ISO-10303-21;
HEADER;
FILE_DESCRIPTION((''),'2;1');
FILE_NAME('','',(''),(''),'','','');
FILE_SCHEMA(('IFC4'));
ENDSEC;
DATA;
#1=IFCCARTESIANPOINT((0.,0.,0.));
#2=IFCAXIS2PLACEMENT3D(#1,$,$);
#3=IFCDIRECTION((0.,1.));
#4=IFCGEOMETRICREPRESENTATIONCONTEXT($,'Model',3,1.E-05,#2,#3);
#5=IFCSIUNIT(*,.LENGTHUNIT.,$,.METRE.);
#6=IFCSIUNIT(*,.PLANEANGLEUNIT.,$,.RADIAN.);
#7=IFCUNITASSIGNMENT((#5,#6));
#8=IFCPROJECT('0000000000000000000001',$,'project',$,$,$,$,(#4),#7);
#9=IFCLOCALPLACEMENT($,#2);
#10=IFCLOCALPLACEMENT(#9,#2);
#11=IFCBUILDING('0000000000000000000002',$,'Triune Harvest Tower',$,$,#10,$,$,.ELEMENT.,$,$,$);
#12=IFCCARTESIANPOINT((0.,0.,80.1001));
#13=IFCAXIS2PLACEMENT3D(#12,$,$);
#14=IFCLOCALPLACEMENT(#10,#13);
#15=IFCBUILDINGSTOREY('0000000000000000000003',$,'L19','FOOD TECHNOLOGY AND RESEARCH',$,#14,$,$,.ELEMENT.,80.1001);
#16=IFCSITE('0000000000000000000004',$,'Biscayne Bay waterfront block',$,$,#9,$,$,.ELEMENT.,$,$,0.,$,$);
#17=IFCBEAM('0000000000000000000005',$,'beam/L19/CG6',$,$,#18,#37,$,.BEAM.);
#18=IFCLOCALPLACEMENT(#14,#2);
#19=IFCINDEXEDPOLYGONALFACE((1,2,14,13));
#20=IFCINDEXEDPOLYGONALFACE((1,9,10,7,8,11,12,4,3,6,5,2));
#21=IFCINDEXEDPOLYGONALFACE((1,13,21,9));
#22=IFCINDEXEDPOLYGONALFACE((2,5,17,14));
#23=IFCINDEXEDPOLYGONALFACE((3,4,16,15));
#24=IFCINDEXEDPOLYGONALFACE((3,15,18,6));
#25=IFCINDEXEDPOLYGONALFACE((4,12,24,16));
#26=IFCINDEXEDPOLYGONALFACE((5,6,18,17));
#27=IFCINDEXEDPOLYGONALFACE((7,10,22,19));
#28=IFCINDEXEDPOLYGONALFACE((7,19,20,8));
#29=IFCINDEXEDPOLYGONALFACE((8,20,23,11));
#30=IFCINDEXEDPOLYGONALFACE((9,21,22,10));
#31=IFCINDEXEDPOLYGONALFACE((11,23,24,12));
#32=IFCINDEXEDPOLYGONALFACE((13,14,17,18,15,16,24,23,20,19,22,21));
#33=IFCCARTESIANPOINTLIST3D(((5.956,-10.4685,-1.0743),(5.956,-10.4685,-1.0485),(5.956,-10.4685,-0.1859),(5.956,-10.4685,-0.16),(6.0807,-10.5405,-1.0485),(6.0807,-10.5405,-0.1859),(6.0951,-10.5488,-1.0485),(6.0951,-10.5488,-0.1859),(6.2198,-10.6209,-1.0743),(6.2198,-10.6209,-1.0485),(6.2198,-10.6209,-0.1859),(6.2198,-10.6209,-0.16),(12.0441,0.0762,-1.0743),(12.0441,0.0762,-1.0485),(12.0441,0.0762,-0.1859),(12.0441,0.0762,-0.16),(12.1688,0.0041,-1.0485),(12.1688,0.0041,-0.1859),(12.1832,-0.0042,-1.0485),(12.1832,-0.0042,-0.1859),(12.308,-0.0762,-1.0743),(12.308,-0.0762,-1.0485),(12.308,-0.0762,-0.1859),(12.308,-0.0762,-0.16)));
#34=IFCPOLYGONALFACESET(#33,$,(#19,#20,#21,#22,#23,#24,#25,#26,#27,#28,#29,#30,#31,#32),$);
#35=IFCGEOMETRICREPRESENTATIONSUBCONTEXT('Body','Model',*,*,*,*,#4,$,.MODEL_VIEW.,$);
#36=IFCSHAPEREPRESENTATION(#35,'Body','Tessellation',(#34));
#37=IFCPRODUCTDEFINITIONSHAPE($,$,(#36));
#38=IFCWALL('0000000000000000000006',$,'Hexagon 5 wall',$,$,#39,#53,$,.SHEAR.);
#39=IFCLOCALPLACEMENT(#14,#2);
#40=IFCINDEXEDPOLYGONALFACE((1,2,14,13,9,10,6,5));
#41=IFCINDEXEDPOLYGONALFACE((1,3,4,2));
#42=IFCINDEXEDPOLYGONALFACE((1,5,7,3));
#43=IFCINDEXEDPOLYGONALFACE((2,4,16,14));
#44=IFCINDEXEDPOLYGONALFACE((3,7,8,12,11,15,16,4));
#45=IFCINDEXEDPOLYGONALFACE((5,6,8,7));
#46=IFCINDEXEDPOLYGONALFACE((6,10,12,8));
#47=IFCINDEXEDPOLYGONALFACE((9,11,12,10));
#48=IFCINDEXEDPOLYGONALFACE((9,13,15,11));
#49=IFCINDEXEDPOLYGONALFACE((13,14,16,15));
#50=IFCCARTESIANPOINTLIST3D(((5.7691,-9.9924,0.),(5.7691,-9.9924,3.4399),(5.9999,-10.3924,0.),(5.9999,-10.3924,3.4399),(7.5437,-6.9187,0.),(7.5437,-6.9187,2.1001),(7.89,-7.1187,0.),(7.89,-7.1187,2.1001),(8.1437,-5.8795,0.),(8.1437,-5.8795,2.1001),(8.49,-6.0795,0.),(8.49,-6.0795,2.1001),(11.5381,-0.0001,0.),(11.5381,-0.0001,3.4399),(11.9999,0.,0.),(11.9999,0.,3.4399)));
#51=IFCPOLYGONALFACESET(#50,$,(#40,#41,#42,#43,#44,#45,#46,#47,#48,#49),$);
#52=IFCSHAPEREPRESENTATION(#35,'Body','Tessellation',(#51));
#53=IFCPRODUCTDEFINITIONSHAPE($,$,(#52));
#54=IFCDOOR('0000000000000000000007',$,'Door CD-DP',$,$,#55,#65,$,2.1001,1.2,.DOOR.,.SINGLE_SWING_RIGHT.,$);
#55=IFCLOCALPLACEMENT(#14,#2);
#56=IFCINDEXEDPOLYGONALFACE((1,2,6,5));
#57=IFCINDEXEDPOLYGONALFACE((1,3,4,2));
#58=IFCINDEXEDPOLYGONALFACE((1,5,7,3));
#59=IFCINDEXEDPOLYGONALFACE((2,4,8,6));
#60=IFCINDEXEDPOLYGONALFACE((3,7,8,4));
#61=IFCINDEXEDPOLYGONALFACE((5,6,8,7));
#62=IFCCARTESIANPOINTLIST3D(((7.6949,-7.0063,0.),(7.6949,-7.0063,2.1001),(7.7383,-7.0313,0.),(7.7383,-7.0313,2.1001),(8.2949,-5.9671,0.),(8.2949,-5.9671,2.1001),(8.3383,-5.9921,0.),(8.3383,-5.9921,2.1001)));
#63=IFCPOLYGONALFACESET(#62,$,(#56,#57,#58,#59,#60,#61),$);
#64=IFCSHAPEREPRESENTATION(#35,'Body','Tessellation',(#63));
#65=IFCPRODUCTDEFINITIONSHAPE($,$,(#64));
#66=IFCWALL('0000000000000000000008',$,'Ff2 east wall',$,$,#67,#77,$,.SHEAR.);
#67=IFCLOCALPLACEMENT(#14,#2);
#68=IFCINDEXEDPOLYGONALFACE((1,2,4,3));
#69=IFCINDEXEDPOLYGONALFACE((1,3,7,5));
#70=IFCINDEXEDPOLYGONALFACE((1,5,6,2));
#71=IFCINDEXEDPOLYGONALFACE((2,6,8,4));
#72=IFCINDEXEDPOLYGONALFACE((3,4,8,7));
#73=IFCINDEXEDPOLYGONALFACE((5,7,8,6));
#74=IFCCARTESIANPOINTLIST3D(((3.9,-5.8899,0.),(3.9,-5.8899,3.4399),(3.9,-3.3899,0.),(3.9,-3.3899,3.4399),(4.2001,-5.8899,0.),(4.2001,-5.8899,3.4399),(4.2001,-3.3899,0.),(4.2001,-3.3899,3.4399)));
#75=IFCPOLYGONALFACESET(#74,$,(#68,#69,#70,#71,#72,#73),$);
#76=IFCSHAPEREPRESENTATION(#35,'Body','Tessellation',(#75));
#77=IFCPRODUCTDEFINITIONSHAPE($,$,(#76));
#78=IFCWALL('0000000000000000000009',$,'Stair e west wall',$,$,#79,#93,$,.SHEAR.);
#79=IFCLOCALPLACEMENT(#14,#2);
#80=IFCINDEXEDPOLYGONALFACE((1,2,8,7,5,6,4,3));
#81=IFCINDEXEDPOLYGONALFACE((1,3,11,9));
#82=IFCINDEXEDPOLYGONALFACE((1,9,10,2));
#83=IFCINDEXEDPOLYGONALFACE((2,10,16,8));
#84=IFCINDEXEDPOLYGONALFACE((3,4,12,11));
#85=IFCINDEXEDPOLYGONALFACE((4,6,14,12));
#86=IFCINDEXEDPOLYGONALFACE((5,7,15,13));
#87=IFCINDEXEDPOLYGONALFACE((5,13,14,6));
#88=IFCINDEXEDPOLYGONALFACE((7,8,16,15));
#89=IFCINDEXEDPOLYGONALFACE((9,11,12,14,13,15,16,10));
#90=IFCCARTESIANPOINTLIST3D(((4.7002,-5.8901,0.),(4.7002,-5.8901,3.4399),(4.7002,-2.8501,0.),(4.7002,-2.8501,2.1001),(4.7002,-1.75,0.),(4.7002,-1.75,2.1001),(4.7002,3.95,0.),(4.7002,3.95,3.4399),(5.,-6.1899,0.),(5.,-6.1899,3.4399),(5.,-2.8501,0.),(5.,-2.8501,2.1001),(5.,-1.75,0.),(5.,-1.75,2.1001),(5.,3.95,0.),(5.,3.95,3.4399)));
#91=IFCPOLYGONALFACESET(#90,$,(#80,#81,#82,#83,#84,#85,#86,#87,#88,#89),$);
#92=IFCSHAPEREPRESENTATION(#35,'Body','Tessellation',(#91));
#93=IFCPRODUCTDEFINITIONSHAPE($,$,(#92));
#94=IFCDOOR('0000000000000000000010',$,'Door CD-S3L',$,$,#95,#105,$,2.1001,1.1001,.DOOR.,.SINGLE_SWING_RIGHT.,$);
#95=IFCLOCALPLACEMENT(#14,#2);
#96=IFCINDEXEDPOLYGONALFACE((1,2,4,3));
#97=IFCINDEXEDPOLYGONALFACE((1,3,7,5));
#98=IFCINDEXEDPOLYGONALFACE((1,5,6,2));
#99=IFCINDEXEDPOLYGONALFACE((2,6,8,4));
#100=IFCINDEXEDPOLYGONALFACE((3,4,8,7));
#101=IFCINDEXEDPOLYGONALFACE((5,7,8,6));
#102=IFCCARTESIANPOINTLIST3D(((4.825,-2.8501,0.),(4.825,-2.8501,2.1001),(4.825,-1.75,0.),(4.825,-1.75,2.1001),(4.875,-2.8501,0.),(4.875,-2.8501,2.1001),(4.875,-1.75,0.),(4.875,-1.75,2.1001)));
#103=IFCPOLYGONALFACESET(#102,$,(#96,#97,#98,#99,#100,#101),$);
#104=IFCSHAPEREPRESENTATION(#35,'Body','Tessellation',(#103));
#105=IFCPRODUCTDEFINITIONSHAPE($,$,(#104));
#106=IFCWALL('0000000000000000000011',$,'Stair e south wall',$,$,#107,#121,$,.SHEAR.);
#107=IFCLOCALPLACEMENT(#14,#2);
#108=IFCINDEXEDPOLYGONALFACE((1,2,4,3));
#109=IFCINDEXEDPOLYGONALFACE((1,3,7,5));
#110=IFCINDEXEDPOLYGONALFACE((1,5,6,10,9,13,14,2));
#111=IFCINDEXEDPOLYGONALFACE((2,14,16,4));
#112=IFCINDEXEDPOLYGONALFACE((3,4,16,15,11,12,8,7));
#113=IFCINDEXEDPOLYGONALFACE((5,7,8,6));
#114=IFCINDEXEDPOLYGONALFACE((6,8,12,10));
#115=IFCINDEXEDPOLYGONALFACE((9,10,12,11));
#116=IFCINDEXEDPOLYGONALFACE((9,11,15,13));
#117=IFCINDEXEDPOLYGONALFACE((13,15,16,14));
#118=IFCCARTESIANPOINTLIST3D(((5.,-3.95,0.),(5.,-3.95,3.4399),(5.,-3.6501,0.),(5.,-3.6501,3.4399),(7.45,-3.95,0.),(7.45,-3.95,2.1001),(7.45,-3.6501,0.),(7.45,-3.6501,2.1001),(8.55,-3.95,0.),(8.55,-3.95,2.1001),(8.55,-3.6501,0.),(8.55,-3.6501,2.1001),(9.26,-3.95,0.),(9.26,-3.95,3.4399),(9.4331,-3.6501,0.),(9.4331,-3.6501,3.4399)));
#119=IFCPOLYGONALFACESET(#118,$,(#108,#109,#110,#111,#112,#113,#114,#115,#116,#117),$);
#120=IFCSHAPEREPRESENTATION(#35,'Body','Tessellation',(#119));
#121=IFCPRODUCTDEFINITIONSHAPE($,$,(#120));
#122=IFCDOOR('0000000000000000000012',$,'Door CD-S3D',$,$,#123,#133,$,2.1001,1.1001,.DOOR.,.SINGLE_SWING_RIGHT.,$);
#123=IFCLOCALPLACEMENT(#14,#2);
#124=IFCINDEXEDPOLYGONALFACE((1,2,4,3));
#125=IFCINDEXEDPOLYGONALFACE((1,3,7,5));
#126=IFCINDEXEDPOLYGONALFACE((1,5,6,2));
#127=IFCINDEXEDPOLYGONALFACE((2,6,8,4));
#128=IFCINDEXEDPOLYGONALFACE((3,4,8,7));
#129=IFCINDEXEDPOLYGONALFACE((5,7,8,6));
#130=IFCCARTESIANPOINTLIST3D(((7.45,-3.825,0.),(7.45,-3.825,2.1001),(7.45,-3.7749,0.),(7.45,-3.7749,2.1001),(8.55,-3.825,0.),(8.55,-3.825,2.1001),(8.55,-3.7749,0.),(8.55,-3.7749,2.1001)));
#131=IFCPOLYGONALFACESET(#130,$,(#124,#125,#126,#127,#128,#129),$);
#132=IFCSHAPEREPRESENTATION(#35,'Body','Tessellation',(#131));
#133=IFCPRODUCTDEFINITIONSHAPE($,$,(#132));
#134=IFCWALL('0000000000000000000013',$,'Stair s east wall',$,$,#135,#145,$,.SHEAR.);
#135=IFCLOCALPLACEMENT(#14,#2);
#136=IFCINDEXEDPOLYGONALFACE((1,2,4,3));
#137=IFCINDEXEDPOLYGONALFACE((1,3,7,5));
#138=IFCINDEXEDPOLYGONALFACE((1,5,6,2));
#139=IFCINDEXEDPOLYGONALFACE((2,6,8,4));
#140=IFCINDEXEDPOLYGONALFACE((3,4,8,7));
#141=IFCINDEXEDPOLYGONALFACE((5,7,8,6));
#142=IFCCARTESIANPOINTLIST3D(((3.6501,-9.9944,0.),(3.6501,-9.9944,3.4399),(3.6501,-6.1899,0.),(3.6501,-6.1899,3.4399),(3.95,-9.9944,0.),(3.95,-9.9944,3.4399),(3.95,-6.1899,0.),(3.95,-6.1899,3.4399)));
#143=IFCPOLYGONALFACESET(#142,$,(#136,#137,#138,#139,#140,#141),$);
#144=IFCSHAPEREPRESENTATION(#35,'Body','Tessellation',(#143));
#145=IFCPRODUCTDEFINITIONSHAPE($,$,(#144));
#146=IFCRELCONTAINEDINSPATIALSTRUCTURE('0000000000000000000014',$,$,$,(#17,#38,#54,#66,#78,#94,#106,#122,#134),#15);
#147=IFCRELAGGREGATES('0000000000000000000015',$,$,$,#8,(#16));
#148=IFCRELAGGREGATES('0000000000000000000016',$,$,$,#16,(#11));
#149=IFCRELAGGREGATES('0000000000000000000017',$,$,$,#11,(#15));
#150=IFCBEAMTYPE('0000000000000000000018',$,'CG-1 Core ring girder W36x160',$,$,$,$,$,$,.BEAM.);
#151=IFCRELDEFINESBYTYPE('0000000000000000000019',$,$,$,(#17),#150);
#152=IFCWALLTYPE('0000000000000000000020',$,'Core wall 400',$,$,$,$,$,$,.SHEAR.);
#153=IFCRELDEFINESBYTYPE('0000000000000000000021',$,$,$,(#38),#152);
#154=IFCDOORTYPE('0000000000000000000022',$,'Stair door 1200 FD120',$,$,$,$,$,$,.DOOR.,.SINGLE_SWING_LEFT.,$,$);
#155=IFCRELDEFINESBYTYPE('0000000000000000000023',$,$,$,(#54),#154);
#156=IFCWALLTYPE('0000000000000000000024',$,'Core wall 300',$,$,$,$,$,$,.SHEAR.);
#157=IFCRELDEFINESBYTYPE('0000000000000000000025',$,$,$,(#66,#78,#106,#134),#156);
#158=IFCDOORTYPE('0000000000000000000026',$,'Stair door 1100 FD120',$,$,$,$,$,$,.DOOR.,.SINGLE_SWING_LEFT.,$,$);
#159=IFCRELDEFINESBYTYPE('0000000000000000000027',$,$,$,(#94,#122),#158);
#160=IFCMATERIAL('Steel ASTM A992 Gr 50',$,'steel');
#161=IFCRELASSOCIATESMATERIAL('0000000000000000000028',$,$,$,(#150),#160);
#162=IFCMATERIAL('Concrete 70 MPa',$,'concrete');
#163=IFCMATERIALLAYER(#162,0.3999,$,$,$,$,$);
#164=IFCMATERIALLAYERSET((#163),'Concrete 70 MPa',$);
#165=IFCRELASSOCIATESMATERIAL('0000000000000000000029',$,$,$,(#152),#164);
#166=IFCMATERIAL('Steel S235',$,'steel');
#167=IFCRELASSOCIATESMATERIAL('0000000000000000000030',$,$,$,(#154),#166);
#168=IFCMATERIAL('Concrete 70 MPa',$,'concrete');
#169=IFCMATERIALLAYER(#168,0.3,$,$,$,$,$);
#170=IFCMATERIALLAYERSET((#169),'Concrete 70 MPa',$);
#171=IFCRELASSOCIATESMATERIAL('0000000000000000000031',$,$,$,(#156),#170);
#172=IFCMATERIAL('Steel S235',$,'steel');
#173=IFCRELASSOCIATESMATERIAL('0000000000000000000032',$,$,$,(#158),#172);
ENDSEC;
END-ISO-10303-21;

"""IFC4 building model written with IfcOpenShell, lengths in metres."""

from ifc_helpers import new_model, si_unit, direction, frame, frame_2d, origin, origin_2d, place, context, subcontext, project, spatial, polyline, rectangle, i_section, outline, extrude, source, transform, mapped, material, layer, layer_set, material_profile, profile_set, type_object, element, fill, save


model = new_model("IFC4")

# Units and contexts
model_context = context("Model", 3, precision=1e-05, world=origin(), true_north=direction((0.0, 1.0)))
body_context = subcontext(model_context, "Body", "Model", "MODEL_VIEW")
ifc_project = project(units=[si_unit("LENGTHUNIT", "METRE"), si_unit("PLANEANGLEUNIT", "RADIAN")], contexts=[model_context])

# Site, building, storey
site_placement = place(None, origin())
site = spatial("IfcSite", under=ifc_project, at=site_placement, Name="Biscayne Bay waterfront block", CompositionType="ELEMENT", RefElevation=0.0)
building_placement = place(site_placement, origin())
building = spatial("IfcBuilding", under=site, at=building_placement, Name="Triune Harvest Tower", CompositionType="ELEMENT")
storey_placement = place(building_placement, frame((0.0, 0.0, 80.1001)))
storey = spatial("IfcBuildingStorey", under=building, at=storey_placement, Name="L19", Description="FOOD TECHNOLOGY AND RESEARCH", CompositionType="ELEMENT", Elevation=80.1001)

# Beam
ifc_material_1 = material(Name="Steel ASTM A992 Gr 50", Category="steel")
ifc_material_profile = material_profile(ifc_material_1, i_section(OverallWidth=0.3047, OverallDepth=0.9143, WebThickness=0.0166, FlangeThickness=0.0259, at=origin_2d()), Name="W36x160")
ifc_profile_set = profile_set([ifc_material_profile], Name="Steel ASTM A992 Gr 50")
beam_type = type_object("IfcBeamType", Name="CG-1 Core ring girder W36x160", PredefinedType="BEAM", material=ifc_profile_set)
shared_shape_1 = source(origin(), body_context, "Body", "SweptSolid", [
    extrude(i_section(OverallWidth=0.3047, OverallDepth=0.9143, WebThickness=0.0166, FlangeThickness=0.0259, at=origin_2d()), origin(), (0.0, 0.0, 1.0), 12.176),
])
beam_placement = place(storey_placement, frame((6.0879, -10.5447, -0.6172), z_axis=(0.50001, 0.86602, 0.0), x_axis=(-0.86602, 0.50001, 0.0)))
element("IfcBeam", 1, at=beam_placement, inside=storey, type_object=beam_type, Name="beam/L19/CG6", PredefinedType="BEAM", context=body_context, shape_type="MappedRepresentation", body=[
    mapped(shared_shape_1, transform((0.0, 0.0, 0.0), scale=1.0)),
])

# Wall, opening, door
ifc_material_2 = material(Name="Concrete 70 MPa", Category="concrete")
ifc_layer_1 = layer(ifc_material_2, 0.3999)
ifc_layer_set_1 = layer_set([ifc_layer_1], Name="Concrete 70 MPa")
wall_type_1 = type_object("IfcWallType", Name="Core wall 400", PredefinedType="SHEAR", material=ifc_layer_set_1)
shared_shape_2 = source(origin(), body_context, "Body", "SweptSolid", [
    extrude(outline(polyline([(-0.1155, -0.2), (11.8845, -0.2), (11.6536, 0.2), (0.1155, 0.2), (-0.1155, -0.2)])), origin(), (0.0, 0.0, 1.0), 3.4399),
])
wall_1_placement = place(storey_placement, frame((5.8845, -10.1924, 0.0), z_axis=(0.0, 0.0, 1.0), x_axis=(0.499997, 0.866027, 0.0)))
wall_1 = element("IfcWall", 2, at=wall_1_placement, inside=storey, type_object=wall_type_1, Name="Hexagon 5 wall", PredefinedType="SHEAR", context=body_context, shape_type="MappedRepresentation", body=[
    mapped(shared_shape_2, transform((0.0, 0.0, 0.0), scale=1.0)),
])
opening_1_placement = place(wall_1_placement, frame((3.6646, 0.0, 0.0)))
opening_1 = element("IfcOpeningElement", 3, at=opening_1_placement, cuts=wall_1, PredefinedType="OPENING", context=body_context, shape_type="SweptSolid", body=[
    extrude(rectangle(XDim=1.2, YDim=2.1001, at=frame_2d((0.6001, 1.05))), frame((0.0, 0.21, 0.0), z_axis=(0.0, -1.0, 0.0), x_axis=(1.0, 0.0, 0.0)), (0.0, 0.0, 1.0), 0.4199),
])
ifc_material_3 = material(Name="Steel S235", Category="steel")
door_type_1 = type_object("IfcDoorType", Name="Stair door 1200 FD120", OperationType="SINGLE_SWING_LEFT", PredefinedType="DOOR", material=ifc_material_3)
door_1_placement = place(opening_1_placement, frame((1.2, 0.0, 0.0), z_axis=(0.0, 0.0, 1.0), x_axis=(-1.0, 0.0, 0.0)))
door_1 = element("IfcDoor", 4, at=door_1_placement, inside=storey, type_object=door_type_1, Name="Door CD-DP", OperationType="SINGLE_SWING_RIGHT", OverallHeight=2.1001, OverallWidth=1.2, PredefinedType="DOOR", context=body_context, shape_type="SweptSolid", body=[
    extrude(rectangle(XDim=1.2, YDim=2.1001, at=frame_2d((0.6001, 1.05))), frame((0.0, 0.0249, 0.0), z_axis=(0.0, -1.0, 0.0), x_axis=(1.0, 0.0, 0.0)), (0.0, 0.0, 1.0), 0.05),
])
fill(opening_1, door_1)

# Wall
ifc_material_4 = material(Name="Concrete 70 MPa", Category="concrete")
ifc_layer_2 = layer(ifc_material_4, 0.3)
ifc_layer_set_2 = layer_set([ifc_layer_2], Name="Concrete 70 MPa")
wall_type_2 = type_object("IfcWallType", Name="Core wall 300", PredefinedType="SHEAR", material=ifc_layer_set_2)
shared_shape_3 = source(origin(), body_context, "Body", "SweptSolid", [
    extrude(rectangle(XDim=2.5, YDim=0.3, at=frame_2d((1.25, 0.0))), origin(), (0.0, 0.0, 1.0), 3.4399),
])
wall_2_placement = place(storey_placement, frame((4.05, -5.8899, 0.0), z_axis=(0.0, 0.0, 1.0), x_axis=(0.0, 1.0, 0.0)))
element("IfcWall", 5, at=wall_2_placement, inside=storey, type_object=wall_type_2, Name="Ff2 east wall", PredefinedType="SHEAR", context=body_context, shape_type="MappedRepresentation", body=[
    mapped(shared_shape_3, transform((0.0, 0.0, 0.0), scale=1.0)),
])

# Walls, openings, doors
shared_shape_4 = source(origin(), body_context, "Body", "SweptSolid", [
    extrude(outline(polyline([(-0.1499, -0.1499), (9.99, -0.1499), (9.99, 0.1499), (0.1499, 0.1499), (-0.1499, -0.1499)])), origin(), (0.0, 0.0, 1.0), 3.4399),
])
wall_3_placement = place(storey_placement, frame((4.8501, -6.04, 0.0), z_axis=(0.0, 0.0, 1.0), x_axis=(0.0, 1.0, 0.0)))
wall_3 = element("IfcWall", 6, at=wall_3_placement, inside=storey, type_object=wall_type_2, Name="Stair e west wall", PredefinedType="SHEAR", context=body_context, shape_type="MappedRepresentation", body=[
    mapped(shared_shape_4, transform((0.0, 0.0, 0.0), scale=1.0)),
])
opening_2_placement = place(wall_3_placement, frame((3.1899, 0.0, 0.0)))
opening_2 = element("IfcOpeningElement", 7, at=opening_2_placement, cuts=wall_3, PredefinedType="OPENING", context=body_context, shape_type="SweptSolid", body=[
    extrude(rectangle(XDim=1.1001, YDim=2.1001, at=frame_2d((0.55, 1.05))), frame((0.0, 0.1602, 0.0), z_axis=(0.0, -1.0, 0.0), x_axis=(1.0, 0.0, 0.0)), (0.0, 0.0, 1.0), 0.3201),
])
ifc_material_5 = material(Name="Steel S235", Category="steel")
door_type_2 = type_object("IfcDoorType", Name="Stair door 1100 FD120", OperationType="SINGLE_SWING_LEFT", PredefinedType="DOOR", material=ifc_material_5)
door_2_placement = place(opening_2_placement, frame((1.1001, 0.0, 0.0), z_axis=(0.0, 0.0, 1.0), x_axis=(-1.0, 0.0, 0.0)))
door_2 = element("IfcDoor", 8, at=door_2_placement, inside=storey, type_object=door_type_2, Name="Door CD-S3L", OperationType="SINGLE_SWING_RIGHT", OverallHeight=2.1001, OverallWidth=1.1001, PredefinedType="DOOR", context=body_context, shape_type="SweptSolid", body=[
    extrude(rectangle(XDim=1.1001, YDim=2.1001, at=frame_2d((0.55, 1.05))), frame((0.0, 0.0249, 0.0), z_axis=(0.0, -1.0, 0.0), x_axis=(1.0, 0.0, 0.0)), (0.0, 0.0, 1.0), 0.05),
])
fill(opening_2, door_2)
shared_shape_5 = source(origin(), body_context, "Body", "SweptSolid", [
    extrude(outline(polyline([(0.0, -0.1499), (0.0, 0.1499), (4.4331, 0.1499), (4.26, -0.1499), (0.0, -0.1499)])), origin(), (0.0, 0.0, 1.0), 3.4399),
])
wall_4_placement = place(storey_placement, frame((5.0, -3.8, 0.0), z_axis=(0.0, 0.0, 1.0), x_axis=(1.0, 0.0, 0.0)))
wall_4 = element("IfcWall", 9, at=wall_4_placement, inside=storey, type_object=wall_type_2, Name="Stair e south wall", PredefinedType="SHEAR", context=body_context, shape_type="MappedRepresentation", body=[
    mapped(shared_shape_5, transform((0.0, 0.0, 0.0), scale=1.0)),
])
opening_3_placement = place(wall_4_placement, frame((2.45, 0.0, 0.0)))
opening_3 = element("IfcOpeningElement", 10, at=opening_3_placement, cuts=wall_4, PredefinedType="OPENING", context=body_context, shape_type="SweptSolid", body=[
    extrude(rectangle(XDim=1.1001, YDim=2.1001, at=frame_2d((0.55, 1.05))), frame((0.0, 0.1602, 0.0), z_axis=(0.0, -1.0, 0.0), x_axis=(1.0, 0.0, 0.0)), (0.0, 0.0, 1.0), 0.3201),
])
door_3_placement = place(opening_3_placement, frame((1.1001, 0.0, 0.0), z_axis=(0.0, 0.0, 1.0), x_axis=(-1.0, 0.0, 0.0)))
door_3 = element("IfcDoor", 11, at=door_3_placement, inside=storey, type_object=door_type_2, Name="Door CD-S3D", OperationType="SINGLE_SWING_RIGHT", OverallHeight=2.1001, OverallWidth=1.1001, PredefinedType="DOOR", context=body_context, shape_type="SweptSolid", body=[
    extrude(rectangle(XDim=1.1001, YDim=2.1001, at=frame_2d((0.55, 1.05))), frame((0.0, 0.0249, 0.0), z_axis=(0.0, -1.0, 0.0), x_axis=(1.0, 0.0, 0.0)), (0.0, 0.0, 1.0), 0.05),
])
fill(opening_3, door_3)

# Wall
shared_shape_6 = source(origin(), body_context, "Body", "SweptSolid", [
    extrude(outline(polyline([(3.8, -0.1499), (-0.0044, -0.1499), (-0.0044, 0.1499), (3.8, 0.1499), (3.8, -0.1499)])), origin(), (0.0, 0.0, 1.0), 3.4399),
])
wall_5_placement = place(storey_placement, frame((3.8, -9.99, 0.0), z_axis=(0.0, 0.0, 1.0), x_axis=(0.0, 1.0, 0.0)))
element("IfcWall", 12, at=wall_5_placement, inside=storey, type_object=wall_type_2, Name="Stair s east wall", PredefinedType="SHEAR", context=body_context, shape_type="MappedRepresentation", body=[
    mapped(shared_shape_6, transform((0.0, 0.0, 0.0), scale=1.0)),
])

save(model, "model.ifc")
